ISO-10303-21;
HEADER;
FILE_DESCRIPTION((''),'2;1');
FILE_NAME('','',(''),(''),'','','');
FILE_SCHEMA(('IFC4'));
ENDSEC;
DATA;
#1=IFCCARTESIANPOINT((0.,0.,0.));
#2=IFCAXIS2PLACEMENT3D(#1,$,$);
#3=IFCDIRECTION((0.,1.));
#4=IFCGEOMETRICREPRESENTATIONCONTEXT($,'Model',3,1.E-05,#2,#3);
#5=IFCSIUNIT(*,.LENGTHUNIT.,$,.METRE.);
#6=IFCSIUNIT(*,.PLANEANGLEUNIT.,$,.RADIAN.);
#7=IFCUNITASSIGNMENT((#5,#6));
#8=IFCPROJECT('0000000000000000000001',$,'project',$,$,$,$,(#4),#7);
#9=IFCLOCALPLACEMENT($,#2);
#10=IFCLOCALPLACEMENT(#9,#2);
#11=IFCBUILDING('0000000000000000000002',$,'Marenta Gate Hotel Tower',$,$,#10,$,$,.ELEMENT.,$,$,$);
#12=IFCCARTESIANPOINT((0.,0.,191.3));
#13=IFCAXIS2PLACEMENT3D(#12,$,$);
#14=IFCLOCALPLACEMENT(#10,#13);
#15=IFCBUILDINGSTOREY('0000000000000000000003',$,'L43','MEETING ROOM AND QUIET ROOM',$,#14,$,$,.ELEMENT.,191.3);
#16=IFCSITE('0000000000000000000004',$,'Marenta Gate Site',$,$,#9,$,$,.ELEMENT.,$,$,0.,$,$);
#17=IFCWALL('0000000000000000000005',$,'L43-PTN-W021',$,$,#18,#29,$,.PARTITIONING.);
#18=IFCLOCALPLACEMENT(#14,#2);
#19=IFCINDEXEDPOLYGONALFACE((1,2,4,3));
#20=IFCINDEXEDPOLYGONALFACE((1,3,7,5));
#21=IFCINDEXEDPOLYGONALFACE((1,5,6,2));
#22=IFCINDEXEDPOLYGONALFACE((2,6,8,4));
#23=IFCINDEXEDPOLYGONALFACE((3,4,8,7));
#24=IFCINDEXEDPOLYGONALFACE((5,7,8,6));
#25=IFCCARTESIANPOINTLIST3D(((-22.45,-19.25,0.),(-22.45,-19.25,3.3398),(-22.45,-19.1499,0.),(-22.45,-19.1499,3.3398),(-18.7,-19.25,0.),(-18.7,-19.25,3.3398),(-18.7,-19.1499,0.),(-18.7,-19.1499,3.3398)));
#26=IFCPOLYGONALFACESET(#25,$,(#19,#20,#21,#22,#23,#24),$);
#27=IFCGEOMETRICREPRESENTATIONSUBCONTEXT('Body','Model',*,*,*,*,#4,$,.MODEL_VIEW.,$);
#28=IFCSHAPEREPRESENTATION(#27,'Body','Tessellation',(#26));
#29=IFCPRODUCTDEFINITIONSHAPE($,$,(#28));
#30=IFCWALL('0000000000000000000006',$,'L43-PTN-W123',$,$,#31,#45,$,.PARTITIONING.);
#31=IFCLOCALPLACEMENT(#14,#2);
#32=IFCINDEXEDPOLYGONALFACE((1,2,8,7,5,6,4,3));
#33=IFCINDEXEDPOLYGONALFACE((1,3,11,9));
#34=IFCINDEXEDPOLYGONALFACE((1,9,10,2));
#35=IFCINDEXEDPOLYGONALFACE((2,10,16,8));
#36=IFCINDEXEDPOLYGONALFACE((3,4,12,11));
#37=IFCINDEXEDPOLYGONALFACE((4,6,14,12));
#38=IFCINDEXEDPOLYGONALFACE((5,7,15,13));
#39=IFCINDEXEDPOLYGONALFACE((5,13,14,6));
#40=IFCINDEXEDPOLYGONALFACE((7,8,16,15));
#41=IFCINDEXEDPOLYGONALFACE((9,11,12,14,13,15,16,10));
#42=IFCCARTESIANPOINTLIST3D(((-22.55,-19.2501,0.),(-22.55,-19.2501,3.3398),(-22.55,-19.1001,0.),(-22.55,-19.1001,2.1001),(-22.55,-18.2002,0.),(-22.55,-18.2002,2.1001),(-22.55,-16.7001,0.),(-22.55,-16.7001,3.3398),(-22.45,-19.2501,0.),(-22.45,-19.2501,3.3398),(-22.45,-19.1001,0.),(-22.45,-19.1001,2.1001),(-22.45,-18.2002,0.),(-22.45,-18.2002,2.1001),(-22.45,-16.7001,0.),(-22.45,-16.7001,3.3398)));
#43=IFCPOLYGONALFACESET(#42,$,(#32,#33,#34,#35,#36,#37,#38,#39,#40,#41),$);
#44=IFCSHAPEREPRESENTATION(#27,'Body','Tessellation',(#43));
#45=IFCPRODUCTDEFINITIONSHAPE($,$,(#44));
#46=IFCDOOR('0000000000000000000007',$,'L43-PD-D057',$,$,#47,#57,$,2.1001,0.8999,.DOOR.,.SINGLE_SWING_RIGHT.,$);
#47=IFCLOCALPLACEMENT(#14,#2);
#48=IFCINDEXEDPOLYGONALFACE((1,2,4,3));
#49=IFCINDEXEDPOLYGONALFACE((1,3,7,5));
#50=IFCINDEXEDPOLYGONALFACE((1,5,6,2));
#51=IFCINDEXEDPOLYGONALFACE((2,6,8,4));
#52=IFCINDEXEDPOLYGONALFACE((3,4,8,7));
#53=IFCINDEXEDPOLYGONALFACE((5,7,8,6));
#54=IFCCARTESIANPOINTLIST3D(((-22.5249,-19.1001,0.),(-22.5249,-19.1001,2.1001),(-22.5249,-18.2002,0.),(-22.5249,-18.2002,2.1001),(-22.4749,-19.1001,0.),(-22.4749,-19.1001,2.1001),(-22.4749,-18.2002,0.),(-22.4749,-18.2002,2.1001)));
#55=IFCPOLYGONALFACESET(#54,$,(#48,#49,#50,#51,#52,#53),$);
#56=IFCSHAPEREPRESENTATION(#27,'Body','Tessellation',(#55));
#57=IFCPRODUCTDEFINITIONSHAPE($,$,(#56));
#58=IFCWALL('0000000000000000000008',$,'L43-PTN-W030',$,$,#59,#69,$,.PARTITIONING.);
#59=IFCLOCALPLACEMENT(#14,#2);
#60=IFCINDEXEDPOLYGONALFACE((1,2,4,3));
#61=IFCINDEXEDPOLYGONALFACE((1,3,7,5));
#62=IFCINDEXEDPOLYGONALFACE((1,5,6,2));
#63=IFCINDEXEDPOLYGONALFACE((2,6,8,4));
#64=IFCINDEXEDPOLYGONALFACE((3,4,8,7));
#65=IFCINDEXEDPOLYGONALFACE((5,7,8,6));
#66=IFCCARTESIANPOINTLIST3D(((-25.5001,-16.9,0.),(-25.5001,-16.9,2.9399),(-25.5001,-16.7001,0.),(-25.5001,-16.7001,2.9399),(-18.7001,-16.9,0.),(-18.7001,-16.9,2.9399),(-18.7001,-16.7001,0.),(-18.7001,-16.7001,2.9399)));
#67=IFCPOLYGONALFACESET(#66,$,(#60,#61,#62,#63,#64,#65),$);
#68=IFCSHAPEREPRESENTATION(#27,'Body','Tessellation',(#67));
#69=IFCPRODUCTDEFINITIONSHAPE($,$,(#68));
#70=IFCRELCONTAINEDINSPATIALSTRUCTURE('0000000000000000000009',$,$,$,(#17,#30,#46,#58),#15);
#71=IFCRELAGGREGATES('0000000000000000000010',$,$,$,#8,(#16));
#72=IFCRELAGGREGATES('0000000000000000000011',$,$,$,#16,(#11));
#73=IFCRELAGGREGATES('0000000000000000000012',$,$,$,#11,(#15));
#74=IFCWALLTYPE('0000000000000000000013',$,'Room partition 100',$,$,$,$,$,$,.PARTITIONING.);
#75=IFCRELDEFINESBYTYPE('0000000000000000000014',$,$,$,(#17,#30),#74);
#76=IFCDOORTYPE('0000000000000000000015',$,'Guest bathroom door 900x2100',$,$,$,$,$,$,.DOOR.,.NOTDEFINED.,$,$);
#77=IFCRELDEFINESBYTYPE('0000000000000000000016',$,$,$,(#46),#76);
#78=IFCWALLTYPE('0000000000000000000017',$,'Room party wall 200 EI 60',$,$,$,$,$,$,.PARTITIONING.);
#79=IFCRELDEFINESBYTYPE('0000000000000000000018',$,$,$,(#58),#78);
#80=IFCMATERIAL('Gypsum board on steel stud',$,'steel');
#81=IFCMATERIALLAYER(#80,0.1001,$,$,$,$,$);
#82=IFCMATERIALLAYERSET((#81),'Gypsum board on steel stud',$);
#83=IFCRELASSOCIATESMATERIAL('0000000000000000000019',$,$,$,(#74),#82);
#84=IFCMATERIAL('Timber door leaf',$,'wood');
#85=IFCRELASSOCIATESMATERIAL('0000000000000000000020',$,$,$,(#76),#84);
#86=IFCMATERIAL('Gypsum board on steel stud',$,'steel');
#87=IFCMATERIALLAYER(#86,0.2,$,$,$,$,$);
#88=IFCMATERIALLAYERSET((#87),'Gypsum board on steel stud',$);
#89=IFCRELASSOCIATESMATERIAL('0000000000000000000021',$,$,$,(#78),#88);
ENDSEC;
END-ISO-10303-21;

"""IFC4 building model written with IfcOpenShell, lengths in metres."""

from ifc_helpers import new_model, si_unit, direction, frame, frame_2d, origin, place, context, subcontext, project, spatial, rectangle, extrude, material, layer, layer_set, type_object, element, fill, save


model = new_model("IFC4")

# Units and contexts
model_context = context("Model", 3, precision=1e-05, world=origin(), true_north=direction((0.0, 1.0)))
body_context = subcontext(model_context, "Body", "Model", "MODEL_VIEW")
ifc_project = project(units=[si_unit("LENGTHUNIT", "METRE"), si_unit("PLANEANGLEUNIT", "RADIAN")], contexts=[model_context])

# Site, building, storey
site_placement = place(None, origin())
site = spatial("IfcSite", under=ifc_project, at=site_placement, Name="Marenta Gate Site", CompositionType="ELEMENT", RefElevation=0.0)
building_placement = place(site_placement, origin())
building = spatial("IfcBuilding", under=site, at=building_placement, Name="Marenta Gate Hotel Tower", CompositionType="ELEMENT")
storey_placement = place(building_placement, frame((0.0, 0.0, 191.3)))
storey = spatial("IfcBuildingStorey", under=building, at=storey_placement, Name="L43", Description="MEETING ROOM AND QUIET ROOM", CompositionType="ELEMENT", Elevation=191.3)

# Wall
ifc_material_1 = material(Name="Gypsum board on steel stud", Category="steel")
ifc_layer_1 = layer(ifc_material_1, 0.1001)
ifc_layer_set_1 = layer_set([ifc_layer_1], Name="Gypsum board on steel stud")
wall_type_1 = type_object("IfcWallType", Name="Room partition 100", PredefinedType="PARTITIONING", material=ifc_layer_set_1)
wall_1_placement = place(storey_placement, frame((-22.45, -19.2, 0.0), z_axis=(0.0, 0.0, 1.0), x_axis=(1.0, 0.0, 0.0)))
element("IfcWall", 1, at=wall_1_placement, inside=storey, type_object=wall_type_1, Name="L43-PTN-W021", PredefinedType="PARTITIONING", context=body_context, shape_type="SweptSolid", body=[
    extrude(rectangle(XDim=3.75, YDim=0.1001, at=frame_2d((1.875, 0.0))), origin(), (0.0, 0.0, 1.0), 3.3398),
])

# Wall, opening, door
wall_2_placement = place(storey_placement, frame((-22.5, -19.25, 0.0), z_axis=(0.0, 0.0, 1.0), x_axis=(0.0, 1.0, 0.0)))
wall_2 = element("IfcWall", 2, at=wall_2_placement, inside=storey, type_object=wall_type_1, Name="L43-PTN-W123", PredefinedType="PARTITIONING", context=body_context, shape_type="SweptSolid", body=[
    extrude(rectangle(XDim=2.55, YDim=0.1001, at=frame_2d((1.2749, 0.0))), origin(), (0.0, 0.0, 1.0), 3.3398),
])
opening_placement = place(wall_2_placement, frame((0.1499, 0.0, 0.0)))
opening = element("IfcOpeningElement", 3, at=opening_placement, cuts=wall_2, PredefinedType="OPENING", context=body_context, shape_type="SweptSolid", body=[
    extrude(rectangle(XDim=0.8999, YDim=2.1001, at=frame_2d((0.45, 1.05))), frame((0.0, 0.05, 0.0), z_axis=(0.0, -1.0, 0.0), x_axis=(1.0, 0.0, 0.0)), (0.0, 0.0, 1.0), 0.1001),
])
ifc_material_2 = material(Name="Timber door leaf", Category="wood")
door_type = type_object("IfcDoorType", Name="Guest bathroom door 900x2100", OperationType="NOTDEFINED", PredefinedType="DOOR", material=ifc_material_2)
door_placement = place(opening_placement, origin())
door = element("IfcDoor", 4, at=door_placement, inside=storey, type_object=door_type, Name="L43-PD-D057", OperationType="SINGLE_SWING_RIGHT", OverallHeight=2.1001, OverallWidth=0.8999, PredefinedType="DOOR", context=body_context, shape_type="SweptSolid", body=[
    extrude(rectangle(XDim=0.8999, YDim=2.1001, at=frame_2d((0.45, 1.05))), frame((0.0, 0.0249, 0.0), z_axis=(0.0, -1.0, 0.0), x_axis=(1.0, 0.0, 0.0)), (0.0, 0.0, 1.0), 0.05),
])
fill(opening, door)

# Wall
ifc_material_3 = material(Name="Gypsum board on steel stud", Category="steel")
ifc_layer_2 = layer(ifc_material_3, 0.2)
ifc_layer_set_2 = layer_set([ifc_layer_2], Name="Gypsum board on steel stud")
wall_type_2 = type_object("IfcWallType", Name="Room party wall 200 EI 60", PredefinedType="PARTITIONING", material=ifc_layer_set_2)
wall_3_placement = place(storey_placement, frame((-25.5, -16.8, 0.0), z_axis=(0.0, 0.0, 1.0), x_axis=(1.0, 0.0, 0.0)))
element("IfcWall", 5, at=wall_3_placement, inside=storey, type_object=wall_type_2, Name="L43-PTN-W030", PredefinedType="PARTITIONING", context=body_context, shape_type="SweptSolid", body=[
    extrude(rectangle(XDim=6.8, YDim=0.2, at=frame_2d((3.3999, 0.0))), origin(), (0.0, 0.0, 1.0), 2.9399),
])

save(model, "model.ifc")
